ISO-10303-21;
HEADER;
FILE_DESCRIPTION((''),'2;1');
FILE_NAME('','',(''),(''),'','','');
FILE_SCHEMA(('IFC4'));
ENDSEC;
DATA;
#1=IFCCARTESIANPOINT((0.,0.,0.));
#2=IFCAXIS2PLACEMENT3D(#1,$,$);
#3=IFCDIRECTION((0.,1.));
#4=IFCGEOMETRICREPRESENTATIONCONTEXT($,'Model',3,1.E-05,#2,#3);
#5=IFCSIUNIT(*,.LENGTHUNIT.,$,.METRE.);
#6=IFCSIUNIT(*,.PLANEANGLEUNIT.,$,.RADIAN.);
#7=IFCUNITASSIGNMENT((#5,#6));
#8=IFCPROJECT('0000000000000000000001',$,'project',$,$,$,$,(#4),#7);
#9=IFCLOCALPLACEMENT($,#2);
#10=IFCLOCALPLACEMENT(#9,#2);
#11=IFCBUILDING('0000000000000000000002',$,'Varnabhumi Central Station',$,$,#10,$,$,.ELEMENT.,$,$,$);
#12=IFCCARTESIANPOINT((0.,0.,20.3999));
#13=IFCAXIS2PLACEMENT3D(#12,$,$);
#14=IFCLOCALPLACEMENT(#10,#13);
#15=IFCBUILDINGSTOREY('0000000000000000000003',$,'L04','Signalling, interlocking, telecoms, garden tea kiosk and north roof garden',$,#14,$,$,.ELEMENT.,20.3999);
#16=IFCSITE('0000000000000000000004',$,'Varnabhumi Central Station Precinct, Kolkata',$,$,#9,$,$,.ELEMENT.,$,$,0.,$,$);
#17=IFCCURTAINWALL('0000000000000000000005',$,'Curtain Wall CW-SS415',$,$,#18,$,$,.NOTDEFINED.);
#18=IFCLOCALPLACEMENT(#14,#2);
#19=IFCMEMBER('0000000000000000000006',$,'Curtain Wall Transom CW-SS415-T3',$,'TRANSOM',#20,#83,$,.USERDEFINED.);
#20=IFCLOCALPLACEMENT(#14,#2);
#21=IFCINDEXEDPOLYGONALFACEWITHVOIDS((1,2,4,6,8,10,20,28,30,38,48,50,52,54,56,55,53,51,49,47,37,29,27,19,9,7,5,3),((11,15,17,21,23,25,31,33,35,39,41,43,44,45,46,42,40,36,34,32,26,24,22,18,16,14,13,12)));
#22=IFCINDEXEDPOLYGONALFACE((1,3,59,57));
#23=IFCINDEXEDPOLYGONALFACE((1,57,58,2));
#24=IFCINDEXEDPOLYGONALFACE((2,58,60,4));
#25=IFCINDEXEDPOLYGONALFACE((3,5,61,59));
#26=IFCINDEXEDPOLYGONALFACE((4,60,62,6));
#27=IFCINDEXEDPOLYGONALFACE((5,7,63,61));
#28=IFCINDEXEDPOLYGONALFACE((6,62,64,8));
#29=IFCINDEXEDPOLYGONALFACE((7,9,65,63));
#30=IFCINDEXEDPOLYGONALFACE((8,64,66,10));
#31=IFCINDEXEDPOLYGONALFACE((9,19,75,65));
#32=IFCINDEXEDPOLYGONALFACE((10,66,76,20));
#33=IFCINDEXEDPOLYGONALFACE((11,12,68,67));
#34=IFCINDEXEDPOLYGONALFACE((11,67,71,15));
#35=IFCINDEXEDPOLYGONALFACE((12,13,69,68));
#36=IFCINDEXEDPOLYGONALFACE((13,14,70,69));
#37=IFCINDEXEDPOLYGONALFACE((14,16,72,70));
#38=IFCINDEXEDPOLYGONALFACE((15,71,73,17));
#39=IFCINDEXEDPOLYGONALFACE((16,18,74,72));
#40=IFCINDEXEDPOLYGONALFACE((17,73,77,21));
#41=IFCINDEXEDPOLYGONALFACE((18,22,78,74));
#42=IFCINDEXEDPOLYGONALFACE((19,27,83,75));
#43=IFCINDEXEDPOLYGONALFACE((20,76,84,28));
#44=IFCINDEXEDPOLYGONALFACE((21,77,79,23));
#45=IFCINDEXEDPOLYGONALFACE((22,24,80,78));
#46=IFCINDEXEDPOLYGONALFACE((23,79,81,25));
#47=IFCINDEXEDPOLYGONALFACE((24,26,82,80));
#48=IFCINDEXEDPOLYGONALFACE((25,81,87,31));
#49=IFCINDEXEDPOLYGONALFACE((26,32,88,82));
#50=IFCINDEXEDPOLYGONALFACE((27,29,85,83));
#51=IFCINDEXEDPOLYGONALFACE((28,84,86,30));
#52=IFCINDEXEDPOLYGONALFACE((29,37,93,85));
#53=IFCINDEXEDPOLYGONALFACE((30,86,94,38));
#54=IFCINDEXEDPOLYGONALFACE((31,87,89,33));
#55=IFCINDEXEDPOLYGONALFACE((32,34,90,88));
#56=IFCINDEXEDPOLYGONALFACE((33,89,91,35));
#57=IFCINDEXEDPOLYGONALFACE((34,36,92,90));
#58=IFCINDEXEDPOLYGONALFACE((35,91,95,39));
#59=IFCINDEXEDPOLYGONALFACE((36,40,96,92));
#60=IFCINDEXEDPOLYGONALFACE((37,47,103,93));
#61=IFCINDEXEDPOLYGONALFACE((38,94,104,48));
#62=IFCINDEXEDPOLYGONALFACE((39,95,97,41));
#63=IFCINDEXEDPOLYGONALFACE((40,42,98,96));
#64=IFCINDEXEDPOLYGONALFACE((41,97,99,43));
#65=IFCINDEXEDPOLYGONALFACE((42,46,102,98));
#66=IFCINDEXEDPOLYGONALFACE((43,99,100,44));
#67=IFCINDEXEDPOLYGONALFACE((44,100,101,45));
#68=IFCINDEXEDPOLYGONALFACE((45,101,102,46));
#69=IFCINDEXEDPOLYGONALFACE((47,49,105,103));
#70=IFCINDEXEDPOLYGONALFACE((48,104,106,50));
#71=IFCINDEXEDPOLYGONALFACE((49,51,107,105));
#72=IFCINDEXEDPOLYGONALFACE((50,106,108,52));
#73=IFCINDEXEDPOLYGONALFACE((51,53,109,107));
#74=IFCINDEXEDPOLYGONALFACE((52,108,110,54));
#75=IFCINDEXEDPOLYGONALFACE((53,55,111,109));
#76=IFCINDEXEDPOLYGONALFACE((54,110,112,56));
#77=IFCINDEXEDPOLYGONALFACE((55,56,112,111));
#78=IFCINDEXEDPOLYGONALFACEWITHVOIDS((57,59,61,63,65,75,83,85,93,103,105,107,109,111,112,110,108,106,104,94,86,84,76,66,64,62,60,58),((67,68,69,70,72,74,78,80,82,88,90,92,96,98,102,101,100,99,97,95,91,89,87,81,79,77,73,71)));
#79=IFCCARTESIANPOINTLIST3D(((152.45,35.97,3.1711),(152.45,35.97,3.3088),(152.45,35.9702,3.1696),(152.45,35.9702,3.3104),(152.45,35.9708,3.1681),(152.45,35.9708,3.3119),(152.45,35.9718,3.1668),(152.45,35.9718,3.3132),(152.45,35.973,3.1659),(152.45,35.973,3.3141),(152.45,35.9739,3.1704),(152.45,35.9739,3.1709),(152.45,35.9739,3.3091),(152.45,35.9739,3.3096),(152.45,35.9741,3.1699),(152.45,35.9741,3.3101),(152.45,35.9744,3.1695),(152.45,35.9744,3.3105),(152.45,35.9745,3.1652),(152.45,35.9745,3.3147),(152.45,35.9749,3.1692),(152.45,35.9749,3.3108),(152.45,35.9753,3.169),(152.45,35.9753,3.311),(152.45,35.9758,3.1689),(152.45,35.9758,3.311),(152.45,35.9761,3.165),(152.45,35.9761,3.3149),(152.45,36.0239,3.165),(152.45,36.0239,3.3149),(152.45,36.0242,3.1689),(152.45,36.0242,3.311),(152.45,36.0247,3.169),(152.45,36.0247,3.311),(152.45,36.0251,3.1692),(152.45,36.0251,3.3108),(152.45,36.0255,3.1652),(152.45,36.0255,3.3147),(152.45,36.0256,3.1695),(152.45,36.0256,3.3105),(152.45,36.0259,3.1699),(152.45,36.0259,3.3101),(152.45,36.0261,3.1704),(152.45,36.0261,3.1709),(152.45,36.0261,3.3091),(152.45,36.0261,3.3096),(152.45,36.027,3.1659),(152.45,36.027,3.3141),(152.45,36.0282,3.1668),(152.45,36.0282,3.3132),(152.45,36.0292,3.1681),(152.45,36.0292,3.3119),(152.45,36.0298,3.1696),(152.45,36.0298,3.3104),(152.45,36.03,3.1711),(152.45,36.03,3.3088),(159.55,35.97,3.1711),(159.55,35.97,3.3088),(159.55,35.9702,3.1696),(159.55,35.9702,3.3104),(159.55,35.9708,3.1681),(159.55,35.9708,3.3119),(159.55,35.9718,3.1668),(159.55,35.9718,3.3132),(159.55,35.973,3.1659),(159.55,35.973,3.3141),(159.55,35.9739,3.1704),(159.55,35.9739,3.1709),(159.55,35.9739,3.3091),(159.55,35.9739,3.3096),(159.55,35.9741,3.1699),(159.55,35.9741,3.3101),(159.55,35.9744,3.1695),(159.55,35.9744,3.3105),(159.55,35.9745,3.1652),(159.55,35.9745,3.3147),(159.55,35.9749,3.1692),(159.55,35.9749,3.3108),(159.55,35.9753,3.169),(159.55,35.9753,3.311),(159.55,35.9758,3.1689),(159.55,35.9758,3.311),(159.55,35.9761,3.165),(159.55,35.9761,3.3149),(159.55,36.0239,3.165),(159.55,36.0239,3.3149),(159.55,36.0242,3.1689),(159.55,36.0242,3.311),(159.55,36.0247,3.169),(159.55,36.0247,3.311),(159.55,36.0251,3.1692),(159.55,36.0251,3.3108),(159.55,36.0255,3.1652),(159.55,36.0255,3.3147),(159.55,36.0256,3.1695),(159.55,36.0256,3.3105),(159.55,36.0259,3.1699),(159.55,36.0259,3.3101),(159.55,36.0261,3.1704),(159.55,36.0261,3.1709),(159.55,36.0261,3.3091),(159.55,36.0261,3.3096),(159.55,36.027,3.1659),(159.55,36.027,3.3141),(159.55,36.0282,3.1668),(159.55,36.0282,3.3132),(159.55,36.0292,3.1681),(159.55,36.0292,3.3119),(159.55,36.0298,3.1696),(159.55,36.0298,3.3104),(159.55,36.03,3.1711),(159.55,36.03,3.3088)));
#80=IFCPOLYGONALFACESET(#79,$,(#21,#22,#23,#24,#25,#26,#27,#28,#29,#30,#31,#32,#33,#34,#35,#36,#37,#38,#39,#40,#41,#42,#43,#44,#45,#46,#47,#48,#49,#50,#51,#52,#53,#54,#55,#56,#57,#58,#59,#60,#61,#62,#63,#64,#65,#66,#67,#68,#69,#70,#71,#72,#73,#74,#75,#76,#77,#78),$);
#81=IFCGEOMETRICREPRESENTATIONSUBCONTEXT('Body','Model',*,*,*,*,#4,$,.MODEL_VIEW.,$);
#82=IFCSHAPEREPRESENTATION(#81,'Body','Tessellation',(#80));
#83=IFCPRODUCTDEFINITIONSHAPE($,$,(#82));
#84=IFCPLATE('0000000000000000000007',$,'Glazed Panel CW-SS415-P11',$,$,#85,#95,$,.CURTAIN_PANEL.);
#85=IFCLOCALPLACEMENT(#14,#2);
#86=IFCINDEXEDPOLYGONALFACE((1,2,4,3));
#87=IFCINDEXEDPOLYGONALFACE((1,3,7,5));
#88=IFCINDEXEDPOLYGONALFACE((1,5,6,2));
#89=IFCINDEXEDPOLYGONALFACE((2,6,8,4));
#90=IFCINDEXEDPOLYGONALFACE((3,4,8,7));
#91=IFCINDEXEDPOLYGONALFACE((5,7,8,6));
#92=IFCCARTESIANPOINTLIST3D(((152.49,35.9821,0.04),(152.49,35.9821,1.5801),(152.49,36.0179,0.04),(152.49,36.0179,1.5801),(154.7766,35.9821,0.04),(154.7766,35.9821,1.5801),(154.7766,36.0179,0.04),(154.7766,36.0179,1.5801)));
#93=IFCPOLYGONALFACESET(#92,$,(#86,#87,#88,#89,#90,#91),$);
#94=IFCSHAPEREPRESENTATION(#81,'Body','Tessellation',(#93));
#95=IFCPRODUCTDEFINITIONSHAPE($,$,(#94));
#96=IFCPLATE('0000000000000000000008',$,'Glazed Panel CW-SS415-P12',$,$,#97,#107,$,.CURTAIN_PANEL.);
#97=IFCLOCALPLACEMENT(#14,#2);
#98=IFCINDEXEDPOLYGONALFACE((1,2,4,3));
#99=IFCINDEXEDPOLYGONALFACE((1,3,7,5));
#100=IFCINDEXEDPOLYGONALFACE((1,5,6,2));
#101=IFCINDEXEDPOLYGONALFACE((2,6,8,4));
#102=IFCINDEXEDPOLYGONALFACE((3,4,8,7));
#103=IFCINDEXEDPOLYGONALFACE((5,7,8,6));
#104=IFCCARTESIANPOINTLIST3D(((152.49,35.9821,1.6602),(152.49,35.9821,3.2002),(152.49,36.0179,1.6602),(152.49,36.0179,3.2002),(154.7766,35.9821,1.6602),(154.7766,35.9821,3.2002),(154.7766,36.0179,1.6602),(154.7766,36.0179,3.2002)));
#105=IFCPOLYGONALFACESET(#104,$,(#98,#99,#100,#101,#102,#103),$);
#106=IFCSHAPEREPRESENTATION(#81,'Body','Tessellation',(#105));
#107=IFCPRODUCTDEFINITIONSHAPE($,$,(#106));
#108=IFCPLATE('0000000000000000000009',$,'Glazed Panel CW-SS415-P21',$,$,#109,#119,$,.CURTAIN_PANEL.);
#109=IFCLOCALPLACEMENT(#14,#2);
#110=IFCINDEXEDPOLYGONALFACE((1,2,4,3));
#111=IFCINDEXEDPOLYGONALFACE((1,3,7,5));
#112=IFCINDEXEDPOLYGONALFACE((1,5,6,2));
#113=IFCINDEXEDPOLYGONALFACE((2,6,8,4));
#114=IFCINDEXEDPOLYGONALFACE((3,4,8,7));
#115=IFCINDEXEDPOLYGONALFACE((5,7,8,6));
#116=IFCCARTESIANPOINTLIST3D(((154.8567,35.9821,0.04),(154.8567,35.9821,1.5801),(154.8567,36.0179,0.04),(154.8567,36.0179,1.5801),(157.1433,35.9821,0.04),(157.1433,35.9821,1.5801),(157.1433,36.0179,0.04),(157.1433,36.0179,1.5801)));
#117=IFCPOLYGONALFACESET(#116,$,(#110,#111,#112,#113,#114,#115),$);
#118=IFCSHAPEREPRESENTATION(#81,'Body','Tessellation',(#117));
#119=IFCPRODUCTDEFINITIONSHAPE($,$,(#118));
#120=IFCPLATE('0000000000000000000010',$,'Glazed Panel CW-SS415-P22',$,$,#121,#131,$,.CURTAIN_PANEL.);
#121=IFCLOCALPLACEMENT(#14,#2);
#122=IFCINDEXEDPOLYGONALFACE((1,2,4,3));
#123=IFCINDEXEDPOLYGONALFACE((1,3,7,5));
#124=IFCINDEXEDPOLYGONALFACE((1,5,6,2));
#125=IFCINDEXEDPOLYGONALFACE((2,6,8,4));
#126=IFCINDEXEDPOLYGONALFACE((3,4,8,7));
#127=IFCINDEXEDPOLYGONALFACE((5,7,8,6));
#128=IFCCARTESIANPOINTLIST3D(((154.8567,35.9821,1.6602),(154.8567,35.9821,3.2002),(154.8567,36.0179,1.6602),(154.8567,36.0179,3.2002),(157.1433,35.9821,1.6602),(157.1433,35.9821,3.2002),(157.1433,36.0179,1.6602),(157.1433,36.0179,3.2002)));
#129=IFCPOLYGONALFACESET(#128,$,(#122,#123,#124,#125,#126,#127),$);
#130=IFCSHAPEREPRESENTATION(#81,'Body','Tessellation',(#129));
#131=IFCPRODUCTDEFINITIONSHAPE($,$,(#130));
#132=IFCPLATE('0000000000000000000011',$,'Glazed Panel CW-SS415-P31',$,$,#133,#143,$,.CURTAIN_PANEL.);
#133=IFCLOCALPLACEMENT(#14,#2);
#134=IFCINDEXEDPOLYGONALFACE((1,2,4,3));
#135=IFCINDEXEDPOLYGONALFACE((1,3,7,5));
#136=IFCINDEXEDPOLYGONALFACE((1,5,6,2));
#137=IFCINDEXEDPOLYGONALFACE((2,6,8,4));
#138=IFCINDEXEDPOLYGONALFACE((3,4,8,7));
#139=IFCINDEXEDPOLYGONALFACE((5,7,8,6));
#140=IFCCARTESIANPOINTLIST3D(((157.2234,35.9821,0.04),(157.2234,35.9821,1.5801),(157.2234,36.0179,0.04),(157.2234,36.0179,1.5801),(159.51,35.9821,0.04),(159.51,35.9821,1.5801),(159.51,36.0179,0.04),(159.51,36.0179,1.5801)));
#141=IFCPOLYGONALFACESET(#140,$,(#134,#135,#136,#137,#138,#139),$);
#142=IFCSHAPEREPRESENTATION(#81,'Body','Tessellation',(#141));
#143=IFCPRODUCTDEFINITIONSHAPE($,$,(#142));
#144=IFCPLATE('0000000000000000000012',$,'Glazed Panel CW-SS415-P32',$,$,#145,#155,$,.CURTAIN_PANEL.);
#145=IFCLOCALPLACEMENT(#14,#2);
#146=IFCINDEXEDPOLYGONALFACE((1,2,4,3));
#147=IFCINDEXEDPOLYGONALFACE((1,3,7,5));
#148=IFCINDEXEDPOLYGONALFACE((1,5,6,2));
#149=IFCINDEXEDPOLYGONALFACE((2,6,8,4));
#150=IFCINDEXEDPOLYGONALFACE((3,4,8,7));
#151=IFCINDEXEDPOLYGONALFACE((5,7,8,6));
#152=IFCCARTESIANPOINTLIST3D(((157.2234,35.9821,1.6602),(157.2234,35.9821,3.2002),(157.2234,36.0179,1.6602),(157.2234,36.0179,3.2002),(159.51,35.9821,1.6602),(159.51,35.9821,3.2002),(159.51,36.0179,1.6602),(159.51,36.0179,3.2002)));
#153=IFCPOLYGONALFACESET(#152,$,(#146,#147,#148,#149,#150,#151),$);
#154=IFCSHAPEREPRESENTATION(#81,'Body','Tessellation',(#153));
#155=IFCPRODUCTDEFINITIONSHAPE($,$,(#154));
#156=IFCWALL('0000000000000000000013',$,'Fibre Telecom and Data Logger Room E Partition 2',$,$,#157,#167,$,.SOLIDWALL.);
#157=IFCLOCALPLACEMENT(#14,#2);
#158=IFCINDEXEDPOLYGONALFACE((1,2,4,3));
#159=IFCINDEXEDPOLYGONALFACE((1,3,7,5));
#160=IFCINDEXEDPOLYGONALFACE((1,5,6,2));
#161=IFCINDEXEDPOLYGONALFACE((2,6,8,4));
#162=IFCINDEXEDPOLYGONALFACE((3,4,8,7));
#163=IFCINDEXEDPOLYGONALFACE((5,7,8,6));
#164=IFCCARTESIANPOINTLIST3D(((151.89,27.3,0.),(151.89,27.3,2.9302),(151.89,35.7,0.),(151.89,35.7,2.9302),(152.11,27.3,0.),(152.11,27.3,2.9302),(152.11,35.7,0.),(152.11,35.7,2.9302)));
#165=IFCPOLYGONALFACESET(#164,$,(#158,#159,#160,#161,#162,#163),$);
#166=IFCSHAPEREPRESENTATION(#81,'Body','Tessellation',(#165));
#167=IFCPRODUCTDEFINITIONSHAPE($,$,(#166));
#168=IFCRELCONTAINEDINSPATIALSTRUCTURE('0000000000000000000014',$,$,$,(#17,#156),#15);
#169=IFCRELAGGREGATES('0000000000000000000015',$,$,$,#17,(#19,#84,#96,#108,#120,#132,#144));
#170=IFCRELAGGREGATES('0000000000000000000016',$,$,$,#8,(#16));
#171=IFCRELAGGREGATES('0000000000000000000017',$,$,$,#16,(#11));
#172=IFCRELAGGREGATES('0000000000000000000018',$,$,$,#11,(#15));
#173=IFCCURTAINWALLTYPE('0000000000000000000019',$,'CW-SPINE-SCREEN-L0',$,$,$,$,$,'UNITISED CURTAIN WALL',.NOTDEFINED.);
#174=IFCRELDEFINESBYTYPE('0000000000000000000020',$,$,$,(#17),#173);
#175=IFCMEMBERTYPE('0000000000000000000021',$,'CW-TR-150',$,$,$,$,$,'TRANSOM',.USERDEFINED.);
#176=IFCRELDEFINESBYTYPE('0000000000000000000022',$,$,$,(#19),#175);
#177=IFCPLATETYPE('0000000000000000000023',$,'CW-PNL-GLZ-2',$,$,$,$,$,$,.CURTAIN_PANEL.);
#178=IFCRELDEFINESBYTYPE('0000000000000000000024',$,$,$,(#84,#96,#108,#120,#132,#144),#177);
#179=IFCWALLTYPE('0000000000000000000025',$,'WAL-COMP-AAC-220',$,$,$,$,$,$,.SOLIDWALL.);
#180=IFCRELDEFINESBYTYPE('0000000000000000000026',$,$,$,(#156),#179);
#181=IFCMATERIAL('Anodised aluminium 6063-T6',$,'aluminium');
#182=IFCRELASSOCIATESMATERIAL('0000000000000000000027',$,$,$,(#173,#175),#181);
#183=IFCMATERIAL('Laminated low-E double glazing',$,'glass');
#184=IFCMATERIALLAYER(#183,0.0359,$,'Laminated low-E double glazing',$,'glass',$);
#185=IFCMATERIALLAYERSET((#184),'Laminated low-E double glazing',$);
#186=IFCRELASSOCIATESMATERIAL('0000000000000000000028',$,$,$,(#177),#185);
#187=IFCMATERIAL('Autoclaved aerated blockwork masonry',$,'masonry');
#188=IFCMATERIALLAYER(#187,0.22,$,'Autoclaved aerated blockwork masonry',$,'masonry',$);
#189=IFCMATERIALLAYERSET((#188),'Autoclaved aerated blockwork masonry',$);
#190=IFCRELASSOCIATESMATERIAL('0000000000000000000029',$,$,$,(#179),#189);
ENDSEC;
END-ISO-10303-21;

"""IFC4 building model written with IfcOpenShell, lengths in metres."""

from ifc_helpers import new_model, si_unit, direction, frame, frame_2d, origin, origin_2d, place, context, subcontext, project, spatial, rectangle, hollow_rectangle, extrude, material, layer, layer_set, material_profile, profile_set, type_object, element, aggregate, save


model = new_model("IFC4")

# Units and contexts
model_context = context("Model", 3, precision=1e-05, world=origin(), true_north=direction((0.0, 1.0)))
body_context = subcontext(model_context, "Body", "Model", "MODEL_VIEW")
ifc_project = project(units=[si_unit("LENGTHUNIT", "METRE"), si_unit("PLANEANGLEUNIT", "RADIAN")], contexts=[model_context])

# Site, building, storey
site_placement = place(None, origin())
site = spatial("IfcSite", under=ifc_project, at=site_placement, Name="Varnabhumi Central Station Precinct, Kolkata", CompositionType="ELEMENT", RefElevation=0.0)
building_placement = place(site_placement, origin())
building = spatial("IfcBuilding", under=site, at=building_placement, Name="Varnabhumi Central Station", CompositionType="ELEMENT")
storey_placement = place(building_placement, frame((0.0, 0.0, 20.3999)))
storey = spatial("IfcBuildingStorey", under=building, at=storey_placement, Name="L04", Description="Signalling, interlocking, telecoms, garden tea kiosk and north roof garden", CompositionType="ELEMENT", Elevation=20.3999)

# Curtain wall, member, plates
ifc_material_1 = material(Name="Anodised aluminium 6063-T6", Category="aluminium")
curtain_wall_type = type_object("IfcCurtainWallType", Name="CW-SPINE-SCREEN-L0", ElementType="UNITISED CURTAIN WALL", PredefinedType="NOTDEFINED", material=ifc_material_1)
curtain_wall_placement = place(storey_placement, origin())
curtain_wall = element("IfcCurtainWall", 1, at=curtain_wall_placement, inside=storey, type_object=curtain_wall_type, Name="Curtain Wall CW-SS415", PredefinedType="NOTDEFINED")
ifc_material_profile_1 = material_profile(ifc_material_1, hollow_rectangle(XDim=0.0601, YDim=0.1499, WallThickness=0.0039, InnerFilletRadius=0.002, OuterFilletRadius=0.0061, at=origin_2d()), Name="Anodised aluminium 6063-T6", Category="aluminium")
ifc_profile_set_1 = profile_set([ifc_material_profile_1], Name="Anodised aluminium 6063-T6")
member_type_1 = type_object("IfcMemberType", Name="CW-TR-150", ElementType="TRANSOM", PredefinedType="USERDEFINED", material=ifc_profile_set_1)
member_1_placement = place(storey_placement, frame((152.45, 36.0, 3.24), z_axis=(1.0, 0.0, 0.0), x_axis=(0.0, 1.0, 0.0)))
member_1 = element("IfcMember", 2, at=member_1_placement, type_object=member_type_1, Name="Curtain Wall Transom CW-SS415-T3", ObjectType="TRANSOM", PredefinedType="USERDEFINED", context=body_context, shape_type="SweptSolid", body=[
    extrude(hollow_rectangle(XDim=0.0601, YDim=0.1499, WallThickness=0.0039, InnerFilletRadius=0.002, OuterFilletRadius=0.0061, at=origin_2d()), origin(), (0.0, 0.0, 1.0), 7.1001),
])
ifc_material_2 = material(Name="Laminated low-E double glazing", Category="glass")
ifc_layer_1 = layer(ifc_material_2, 0.0359, Name="Laminated low-E double glazing", Category="glass")
ifc_layer_set_1 = layer_set([ifc_layer_1], Name="Laminated low-E double glazing")
plate_type = type_object("IfcPlateType", Name="CW-PNL-GLZ-2", PredefinedType="CURTAIN_PANEL", material=ifc_layer_set_1)
plate_1_placement = place(storey_placement, frame((153.6333, 36.0, 0.04), z_axis=(0.0, 0.0, 1.0), x_axis=(1.0, 0.0, 0.0)))
plate_1 = element("IfcPlate", 3, at=plate_1_placement, type_object=plate_type, Name="Glazed Panel CW-SS415-P11", PredefinedType="CURTAIN_PANEL", context=body_context, shape_type="SweptSolid", body=[
    extrude(rectangle(XDim=2.2866, YDim=0.0359, at=origin_2d()), origin(), (0.0, 0.0, 1.0), 1.54),
])
plate_2_placement = place(storey_placement, frame((153.6333, 36.0, 1.6602), z_axis=(0.0, 0.0, 1.0), x_axis=(1.0, 0.0, 0.0)))
plate_2 = element("IfcPlate", 4, at=plate_2_placement, type_object=plate_type, Name="Glazed Panel CW-SS415-P12", PredefinedType="CURTAIN_PANEL", context=body_context, shape_type="SweptSolid", body=[
    extrude(rectangle(XDim=2.2866, YDim=0.0359, at=origin_2d()), origin(), (0.0, 0.0, 1.0), 1.54),
])
plate_3_placement = place(storey_placement, frame((156.0, 36.0, 0.04), z_axis=(0.0, 0.0, 1.0), x_axis=(1.0, 0.0, 0.0)))
plate_3 = element("IfcPlate", 5, at=plate_3_placement, type_object=plate_type, Name="Glazed Panel CW-SS415-P21", PredefinedType="CURTAIN_PANEL", context=body_context, shape_type="SweptSolid", body=[
    extrude(rectangle(XDim=2.2866, YDim=0.0359, at=origin_2d()), origin(), (0.0, 0.0, 1.0), 1.54),
])
plate_4_placement = place(storey_placement, frame((156.0, 36.0, 1.6602), z_axis=(0.0, 0.0, 1.0), x_axis=(1.0, 0.0, 0.0)))
plate_4 = element("IfcPlate", 6, at=plate_4_placement, type_object=plate_type, Name="Glazed Panel CW-SS415-P22", PredefinedType="CURTAIN_PANEL", context=body_context, shape_type="SweptSolid", body=[
    extrude(rectangle(XDim=2.2866, YDim=0.0359, at=origin_2d()), origin(), (0.0, 0.0, 1.0), 1.54),
])
plate_5_placement = place(storey_placement, frame((158.3667, 36.0, 0.04), z_axis=(0.0, 0.0, 1.0), x_axis=(1.0, 0.0, 0.0)))
plate_5 = element("IfcPlate", 7, at=plate_5_placement, type_object=plate_type, Name="Glazed Panel CW-SS415-P31", PredefinedType="CURTAIN_PANEL", context=body_context, shape_type="SweptSolid", body=[
    extrude(rectangle(XDim=2.2866, YDim=0.0359, at=origin_2d()), origin(), (0.0, 0.0, 1.0), 1.54),
])
plate_6_placement = place(storey_placement, frame((158.3667, 36.0, 1.6602), z_axis=(0.0, 0.0, 1.0), x_axis=(1.0, 0.0, 0.0)))
plate_6 = element("IfcPlate", 8, at=plate_6_placement, type_object=plate_type, Name="Glazed Panel CW-SS415-P32", PredefinedType="CURTAIN_PANEL", context=body_context, shape_type="SweptSolid", body=[
    extrude(rectangle(XDim=2.2866, YDim=0.0359, at=origin_2d()), origin(), (0.0, 0.0, 1.0), 1.54),
])
aggregate(curtain_wall, [member_1, plate_1, plate_2, plate_3, plate_4, plate_5, plate_6])

# Wall
ifc_material_3 = material(Name="Autoclaved aerated blockwork masonry", Category="masonry")
ifc_layer_2 = layer(ifc_material_3, 0.22, Name="Autoclaved aerated blockwork masonry", Category="masonry")
ifc_layer_set_2 = layer_set([ifc_layer_2], Name="Autoclaved aerated blockwork masonry")
wall_type_1 = type_object("IfcWallType", Name="WAL-COMP-AAC-220", PredefinedType="SOLIDWALL", material=ifc_layer_set_2)
wall_1_placement = place(storey_placement, frame((152.0, 27.3, 0.0), z_axis=(0.0, 0.0, 1.0), x_axis=(0.0, 1.0, 0.0)))
element("IfcWall", 9, at=wall_1_placement, inside=storey, type_object=wall_type_1, Name="Fibre Telecom and Data Logger Room E Partition 2", PredefinedType="SOLIDWALL", context=body_context, shape_type="SweptSolid", body=[
    extrude(rectangle(XDim=8.3999, YDim=0.22, at=frame_2d((4.2, 0.0))), origin(), (0.0, 0.0, 1.0), 2.9302),
])

save(model, "model.ifc")
